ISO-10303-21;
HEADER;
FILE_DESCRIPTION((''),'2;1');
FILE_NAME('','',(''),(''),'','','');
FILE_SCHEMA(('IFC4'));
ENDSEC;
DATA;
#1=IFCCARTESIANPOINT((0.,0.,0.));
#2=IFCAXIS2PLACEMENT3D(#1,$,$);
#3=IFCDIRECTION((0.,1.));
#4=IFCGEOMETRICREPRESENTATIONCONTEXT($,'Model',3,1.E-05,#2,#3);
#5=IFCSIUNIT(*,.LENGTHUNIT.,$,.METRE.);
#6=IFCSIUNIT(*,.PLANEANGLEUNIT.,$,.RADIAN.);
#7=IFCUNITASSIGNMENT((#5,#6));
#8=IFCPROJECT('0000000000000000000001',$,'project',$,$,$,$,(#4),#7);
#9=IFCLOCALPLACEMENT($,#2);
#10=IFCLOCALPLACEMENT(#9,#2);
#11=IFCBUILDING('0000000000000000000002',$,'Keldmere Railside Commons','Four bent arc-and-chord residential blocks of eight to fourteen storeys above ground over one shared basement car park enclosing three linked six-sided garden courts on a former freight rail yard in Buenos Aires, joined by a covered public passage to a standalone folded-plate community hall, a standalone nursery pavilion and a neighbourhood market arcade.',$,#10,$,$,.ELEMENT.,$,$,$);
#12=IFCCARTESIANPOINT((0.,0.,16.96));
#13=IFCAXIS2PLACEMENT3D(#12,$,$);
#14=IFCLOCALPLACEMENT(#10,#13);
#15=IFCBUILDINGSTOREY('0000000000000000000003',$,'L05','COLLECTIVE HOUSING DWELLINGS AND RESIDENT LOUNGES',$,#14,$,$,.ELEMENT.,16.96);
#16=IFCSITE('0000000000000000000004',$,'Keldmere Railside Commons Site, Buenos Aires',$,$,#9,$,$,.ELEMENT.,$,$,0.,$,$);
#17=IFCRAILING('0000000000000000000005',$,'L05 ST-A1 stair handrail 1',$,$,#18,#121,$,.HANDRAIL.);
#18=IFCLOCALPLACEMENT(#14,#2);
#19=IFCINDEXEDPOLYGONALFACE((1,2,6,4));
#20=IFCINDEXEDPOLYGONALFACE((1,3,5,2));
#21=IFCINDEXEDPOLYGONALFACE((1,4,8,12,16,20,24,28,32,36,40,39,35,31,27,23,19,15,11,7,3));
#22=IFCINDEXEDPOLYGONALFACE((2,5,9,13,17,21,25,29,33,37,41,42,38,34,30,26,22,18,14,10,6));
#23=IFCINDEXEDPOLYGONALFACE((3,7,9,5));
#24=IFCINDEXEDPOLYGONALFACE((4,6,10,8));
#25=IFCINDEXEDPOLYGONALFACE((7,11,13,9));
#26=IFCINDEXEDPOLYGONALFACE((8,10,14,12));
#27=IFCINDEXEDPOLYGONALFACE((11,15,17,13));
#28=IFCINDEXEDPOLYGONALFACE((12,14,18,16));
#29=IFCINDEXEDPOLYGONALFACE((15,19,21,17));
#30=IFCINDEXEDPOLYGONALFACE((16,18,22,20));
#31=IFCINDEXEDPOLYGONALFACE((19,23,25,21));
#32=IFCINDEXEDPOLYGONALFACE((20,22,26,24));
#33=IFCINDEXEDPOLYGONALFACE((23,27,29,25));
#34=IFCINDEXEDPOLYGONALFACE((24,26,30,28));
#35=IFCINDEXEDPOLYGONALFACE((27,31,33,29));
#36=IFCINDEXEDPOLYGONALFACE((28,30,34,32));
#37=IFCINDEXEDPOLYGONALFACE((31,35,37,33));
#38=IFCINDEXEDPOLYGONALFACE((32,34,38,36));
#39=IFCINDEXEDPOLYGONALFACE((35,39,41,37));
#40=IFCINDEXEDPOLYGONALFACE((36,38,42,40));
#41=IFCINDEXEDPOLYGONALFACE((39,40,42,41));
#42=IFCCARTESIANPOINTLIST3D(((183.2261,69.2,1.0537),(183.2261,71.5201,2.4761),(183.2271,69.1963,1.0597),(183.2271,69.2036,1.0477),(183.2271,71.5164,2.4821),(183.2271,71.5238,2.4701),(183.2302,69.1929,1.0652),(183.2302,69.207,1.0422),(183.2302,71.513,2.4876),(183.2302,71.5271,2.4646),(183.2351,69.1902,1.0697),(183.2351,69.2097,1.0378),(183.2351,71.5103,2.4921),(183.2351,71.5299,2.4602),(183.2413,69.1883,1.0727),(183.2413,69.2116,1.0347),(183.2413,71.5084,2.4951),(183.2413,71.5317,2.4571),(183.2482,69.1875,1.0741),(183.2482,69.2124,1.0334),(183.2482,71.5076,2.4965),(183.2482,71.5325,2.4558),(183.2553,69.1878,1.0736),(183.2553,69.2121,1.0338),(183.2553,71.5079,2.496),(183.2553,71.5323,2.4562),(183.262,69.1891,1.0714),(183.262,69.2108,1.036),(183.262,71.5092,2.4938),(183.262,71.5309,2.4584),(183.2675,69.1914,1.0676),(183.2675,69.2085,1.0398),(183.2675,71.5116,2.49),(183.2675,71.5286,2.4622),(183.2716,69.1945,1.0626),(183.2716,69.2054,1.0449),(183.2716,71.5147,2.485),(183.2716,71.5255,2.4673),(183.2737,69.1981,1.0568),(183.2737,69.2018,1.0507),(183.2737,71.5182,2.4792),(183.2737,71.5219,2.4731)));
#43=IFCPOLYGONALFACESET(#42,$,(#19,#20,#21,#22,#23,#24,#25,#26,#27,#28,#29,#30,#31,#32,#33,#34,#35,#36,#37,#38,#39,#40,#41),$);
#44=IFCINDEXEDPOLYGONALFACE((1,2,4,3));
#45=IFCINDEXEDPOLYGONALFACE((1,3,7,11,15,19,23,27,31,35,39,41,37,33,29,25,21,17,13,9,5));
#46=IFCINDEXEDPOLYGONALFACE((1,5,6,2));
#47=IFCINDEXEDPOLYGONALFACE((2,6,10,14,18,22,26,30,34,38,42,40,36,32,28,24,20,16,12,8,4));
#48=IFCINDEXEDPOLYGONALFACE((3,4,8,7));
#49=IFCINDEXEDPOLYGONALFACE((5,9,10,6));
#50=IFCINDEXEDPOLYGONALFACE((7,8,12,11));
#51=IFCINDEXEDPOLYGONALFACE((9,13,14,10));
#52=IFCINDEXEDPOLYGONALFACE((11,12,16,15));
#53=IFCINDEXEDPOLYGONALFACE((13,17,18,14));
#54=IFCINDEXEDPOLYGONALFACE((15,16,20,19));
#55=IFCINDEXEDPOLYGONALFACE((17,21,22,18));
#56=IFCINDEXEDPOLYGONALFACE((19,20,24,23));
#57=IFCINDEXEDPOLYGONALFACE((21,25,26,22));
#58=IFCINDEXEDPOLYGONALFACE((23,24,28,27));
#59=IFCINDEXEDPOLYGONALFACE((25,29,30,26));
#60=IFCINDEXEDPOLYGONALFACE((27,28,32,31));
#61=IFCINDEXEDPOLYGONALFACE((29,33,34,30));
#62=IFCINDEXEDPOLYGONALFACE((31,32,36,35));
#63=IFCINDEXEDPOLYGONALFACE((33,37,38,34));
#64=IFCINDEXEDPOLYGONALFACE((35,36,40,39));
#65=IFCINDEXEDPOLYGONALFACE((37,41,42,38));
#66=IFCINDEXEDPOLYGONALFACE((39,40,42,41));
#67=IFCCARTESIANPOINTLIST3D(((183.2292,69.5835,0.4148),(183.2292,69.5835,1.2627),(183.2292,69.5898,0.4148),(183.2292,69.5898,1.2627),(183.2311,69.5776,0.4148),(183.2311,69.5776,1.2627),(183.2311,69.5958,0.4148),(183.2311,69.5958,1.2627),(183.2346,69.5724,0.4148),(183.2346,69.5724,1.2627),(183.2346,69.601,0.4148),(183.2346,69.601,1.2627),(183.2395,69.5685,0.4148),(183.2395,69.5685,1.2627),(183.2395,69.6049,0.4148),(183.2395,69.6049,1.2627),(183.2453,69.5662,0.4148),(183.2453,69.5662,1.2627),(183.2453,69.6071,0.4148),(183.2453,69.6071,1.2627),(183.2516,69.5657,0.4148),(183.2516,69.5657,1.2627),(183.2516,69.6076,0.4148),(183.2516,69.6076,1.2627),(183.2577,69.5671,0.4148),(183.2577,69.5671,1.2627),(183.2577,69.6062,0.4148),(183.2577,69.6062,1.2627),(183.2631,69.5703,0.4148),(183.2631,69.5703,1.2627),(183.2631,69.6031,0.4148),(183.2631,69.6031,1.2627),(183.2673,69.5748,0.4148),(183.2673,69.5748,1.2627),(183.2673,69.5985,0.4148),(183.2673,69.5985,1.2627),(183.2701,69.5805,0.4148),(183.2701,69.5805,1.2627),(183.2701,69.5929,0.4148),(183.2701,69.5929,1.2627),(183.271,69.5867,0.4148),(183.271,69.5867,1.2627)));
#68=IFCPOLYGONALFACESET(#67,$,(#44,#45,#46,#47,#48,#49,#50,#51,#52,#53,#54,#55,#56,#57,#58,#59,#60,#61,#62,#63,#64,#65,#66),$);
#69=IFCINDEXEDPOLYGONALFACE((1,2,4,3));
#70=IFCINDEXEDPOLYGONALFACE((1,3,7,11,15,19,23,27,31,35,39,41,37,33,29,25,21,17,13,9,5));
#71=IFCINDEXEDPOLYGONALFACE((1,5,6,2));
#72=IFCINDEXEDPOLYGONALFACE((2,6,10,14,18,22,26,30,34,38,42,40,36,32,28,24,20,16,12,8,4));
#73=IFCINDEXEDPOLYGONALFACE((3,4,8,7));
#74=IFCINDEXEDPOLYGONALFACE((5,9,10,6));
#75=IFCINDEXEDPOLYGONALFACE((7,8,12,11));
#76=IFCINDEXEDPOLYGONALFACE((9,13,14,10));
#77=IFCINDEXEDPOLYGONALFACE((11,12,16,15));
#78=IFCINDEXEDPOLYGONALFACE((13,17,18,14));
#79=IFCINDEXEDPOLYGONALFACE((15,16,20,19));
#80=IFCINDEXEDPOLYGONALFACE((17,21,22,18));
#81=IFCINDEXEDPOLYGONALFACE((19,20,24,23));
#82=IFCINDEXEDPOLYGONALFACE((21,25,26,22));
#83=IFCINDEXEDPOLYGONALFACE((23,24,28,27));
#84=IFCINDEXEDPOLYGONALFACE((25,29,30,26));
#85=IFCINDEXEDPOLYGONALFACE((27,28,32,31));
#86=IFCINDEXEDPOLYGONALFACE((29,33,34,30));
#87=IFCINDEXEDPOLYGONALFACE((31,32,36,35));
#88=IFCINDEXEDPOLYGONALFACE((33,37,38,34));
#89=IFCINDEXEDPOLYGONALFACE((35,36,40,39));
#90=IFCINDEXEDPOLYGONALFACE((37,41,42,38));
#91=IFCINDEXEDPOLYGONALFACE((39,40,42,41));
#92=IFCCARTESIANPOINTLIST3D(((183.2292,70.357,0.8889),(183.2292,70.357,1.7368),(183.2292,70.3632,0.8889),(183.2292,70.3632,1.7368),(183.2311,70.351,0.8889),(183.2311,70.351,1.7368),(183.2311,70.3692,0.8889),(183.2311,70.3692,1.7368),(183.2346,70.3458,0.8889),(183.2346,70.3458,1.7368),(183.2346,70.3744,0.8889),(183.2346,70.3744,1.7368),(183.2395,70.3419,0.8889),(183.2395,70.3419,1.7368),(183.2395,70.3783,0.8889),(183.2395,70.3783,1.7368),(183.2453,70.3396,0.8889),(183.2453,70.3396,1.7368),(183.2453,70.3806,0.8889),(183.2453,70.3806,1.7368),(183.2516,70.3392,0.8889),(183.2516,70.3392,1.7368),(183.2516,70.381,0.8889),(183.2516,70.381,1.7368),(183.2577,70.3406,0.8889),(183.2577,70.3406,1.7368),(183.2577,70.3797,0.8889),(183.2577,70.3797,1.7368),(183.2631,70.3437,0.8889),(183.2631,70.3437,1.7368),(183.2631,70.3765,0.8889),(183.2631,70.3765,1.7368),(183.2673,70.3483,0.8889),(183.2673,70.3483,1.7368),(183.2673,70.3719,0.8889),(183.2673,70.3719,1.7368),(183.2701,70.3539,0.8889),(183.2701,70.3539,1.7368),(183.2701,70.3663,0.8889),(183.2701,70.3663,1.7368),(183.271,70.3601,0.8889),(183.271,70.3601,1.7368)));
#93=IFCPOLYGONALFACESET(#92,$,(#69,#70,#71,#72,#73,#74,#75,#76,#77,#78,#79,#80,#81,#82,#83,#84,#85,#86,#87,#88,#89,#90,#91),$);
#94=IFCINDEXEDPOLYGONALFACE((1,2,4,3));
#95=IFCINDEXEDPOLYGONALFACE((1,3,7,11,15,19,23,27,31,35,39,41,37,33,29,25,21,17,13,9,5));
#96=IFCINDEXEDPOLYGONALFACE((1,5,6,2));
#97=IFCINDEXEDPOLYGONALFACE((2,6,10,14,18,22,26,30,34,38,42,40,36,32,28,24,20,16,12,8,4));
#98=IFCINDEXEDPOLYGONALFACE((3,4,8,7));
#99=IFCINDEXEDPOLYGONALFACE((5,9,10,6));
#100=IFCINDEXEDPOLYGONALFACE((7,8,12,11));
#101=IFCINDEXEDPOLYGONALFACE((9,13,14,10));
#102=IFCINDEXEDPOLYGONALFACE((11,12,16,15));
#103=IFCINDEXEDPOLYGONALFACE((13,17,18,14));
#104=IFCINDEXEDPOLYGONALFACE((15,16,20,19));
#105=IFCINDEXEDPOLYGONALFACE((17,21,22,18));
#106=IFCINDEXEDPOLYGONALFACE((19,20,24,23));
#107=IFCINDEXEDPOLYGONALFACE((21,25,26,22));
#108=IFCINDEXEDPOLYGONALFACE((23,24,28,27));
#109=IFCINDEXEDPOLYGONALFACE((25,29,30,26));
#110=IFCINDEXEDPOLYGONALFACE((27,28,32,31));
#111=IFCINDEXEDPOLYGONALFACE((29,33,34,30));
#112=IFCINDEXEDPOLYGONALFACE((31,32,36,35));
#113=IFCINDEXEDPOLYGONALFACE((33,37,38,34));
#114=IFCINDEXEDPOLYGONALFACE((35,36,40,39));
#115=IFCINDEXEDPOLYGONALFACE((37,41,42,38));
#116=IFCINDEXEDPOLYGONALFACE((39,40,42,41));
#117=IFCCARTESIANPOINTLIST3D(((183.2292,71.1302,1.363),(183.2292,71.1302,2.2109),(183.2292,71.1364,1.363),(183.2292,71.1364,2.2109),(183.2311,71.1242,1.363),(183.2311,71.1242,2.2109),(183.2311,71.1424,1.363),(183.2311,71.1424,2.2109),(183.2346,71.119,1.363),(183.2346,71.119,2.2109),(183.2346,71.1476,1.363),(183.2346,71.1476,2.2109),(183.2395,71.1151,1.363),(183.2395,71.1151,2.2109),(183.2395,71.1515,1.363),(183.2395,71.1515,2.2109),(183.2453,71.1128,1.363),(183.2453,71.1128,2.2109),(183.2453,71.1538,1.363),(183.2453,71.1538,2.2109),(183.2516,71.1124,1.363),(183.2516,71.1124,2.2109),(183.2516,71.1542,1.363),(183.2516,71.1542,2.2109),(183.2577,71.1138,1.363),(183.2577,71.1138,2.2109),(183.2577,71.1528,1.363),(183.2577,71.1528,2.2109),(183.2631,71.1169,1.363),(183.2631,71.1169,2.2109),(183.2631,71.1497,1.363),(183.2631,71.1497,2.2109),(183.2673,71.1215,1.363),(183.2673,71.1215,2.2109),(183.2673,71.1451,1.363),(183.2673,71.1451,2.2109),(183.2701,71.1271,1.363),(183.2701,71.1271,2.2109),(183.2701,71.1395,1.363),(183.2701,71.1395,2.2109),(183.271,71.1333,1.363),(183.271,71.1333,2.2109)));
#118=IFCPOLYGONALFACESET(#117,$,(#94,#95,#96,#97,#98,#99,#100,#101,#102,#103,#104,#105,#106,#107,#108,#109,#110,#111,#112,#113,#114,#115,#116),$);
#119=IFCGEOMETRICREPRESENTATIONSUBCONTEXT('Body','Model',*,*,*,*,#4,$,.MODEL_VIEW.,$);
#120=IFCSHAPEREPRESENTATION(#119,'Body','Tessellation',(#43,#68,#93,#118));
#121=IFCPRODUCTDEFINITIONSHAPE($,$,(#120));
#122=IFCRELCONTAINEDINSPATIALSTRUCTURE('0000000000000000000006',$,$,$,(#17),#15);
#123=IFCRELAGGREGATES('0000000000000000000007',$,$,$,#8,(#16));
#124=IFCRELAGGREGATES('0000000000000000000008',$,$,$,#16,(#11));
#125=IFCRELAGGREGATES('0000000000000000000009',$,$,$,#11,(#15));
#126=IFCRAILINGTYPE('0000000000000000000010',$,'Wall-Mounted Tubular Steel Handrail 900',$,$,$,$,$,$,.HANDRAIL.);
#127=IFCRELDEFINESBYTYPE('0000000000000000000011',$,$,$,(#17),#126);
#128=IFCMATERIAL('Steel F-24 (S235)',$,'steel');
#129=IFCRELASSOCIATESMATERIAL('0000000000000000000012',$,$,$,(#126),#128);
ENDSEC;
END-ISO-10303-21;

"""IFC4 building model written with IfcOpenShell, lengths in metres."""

from ifc_helpers import new_model, si_unit, direction, frame, origin, origin_2d, place, context, subcontext, project, spatial, circle, extrude, material, type_object, element, save


model = new_model("IFC4")

# Units and contexts
model_context = context("Model", 3, precision=1e-05, world=origin(), true_north=direction((0.0, 1.0)))
body_context = subcontext(model_context, "Body", "Model", "MODEL_VIEW")
ifc_project = project(units=[si_unit("LENGTHUNIT", "METRE"), si_unit("PLANEANGLEUNIT", "RADIAN")], contexts=[model_context])

# Site, building, storey
site_placement = place(None, origin())
site = spatial("IfcSite", under=ifc_project, at=site_placement, Name="Keldmere Railside Commons Site, Buenos Aires", CompositionType="ELEMENT", RefElevation=0.0)
building_placement = place(site_placement, origin())
building = spatial("IfcBuilding", under=site, at=building_placement, Name="Keldmere Railside Commons", Description="Four bent arc-and-chord residential blocks of eight to fourteen storeys above ground over one shared basement car park enclosing three linked six-sided garden courts on a former freight rail yard in Buenos Aires, joined by a covered public passage to a standalone folded-plate community hall, a standalone nursery pavilion and a neighbourhood market arcade.", CompositionType="ELEMENT")
storey_placement = place(building_placement, frame((0.0, 0.0, 16.96)))
storey = spatial("IfcBuildingStorey", under=building, at=storey_placement, Name="L05", Description="COLLECTIVE HOUSING DWELLINGS AND RESIDENT LOUNGES", CompositionType="ELEMENT", Elevation=16.96)

# Shared definitions
ifc_material_1 = material(Name="Steel F-24 (S235)", Category="steel")

# Railing
railing_type_1 = type_object("IfcRailingType", Name="Wall-Mounted Tubular Steel Handrail 900", PredefinedType="HANDRAIL", material=ifc_material_1)
railing_1_placement = place(storey_placement, frame((183.25, 69.2, 0.1777)))
element("IfcRailing", 1, at=railing_1_placement, inside=storey, type_object=railing_type_1, Name="L05 ST-A1 stair handrail 1", PredefinedType="HANDRAIL", context=body_context, shape_type="SweptSolid", body=[
    extrude(circle(Radius=0.0239, at=origin_2d()), frame((0.0, 0.0, 0.876), z_axis=(0.0, 0.852538, 0.522665), x_axis=(-1.0, 0.0, 0.0)), (0.0, 0.0, 1.0), 2.7214),
    extrude(circle(Radius=0.021, at=origin_2d()), frame((0.0, 0.3867, 0.2371)), (0.0, 0.0, 1.0), 0.8479),
    extrude(circle(Radius=0.021, at=origin_2d()), frame((0.0, 1.1602, 0.7112)), (0.0, 0.0, 1.0), 0.8479),
    extrude(circle(Radius=0.021, at=origin_2d()), frame((0.0, 1.9333, 1.1853)), (0.0, 0.0, 1.0), 0.8479),
])

save(model, "model.ifc")
